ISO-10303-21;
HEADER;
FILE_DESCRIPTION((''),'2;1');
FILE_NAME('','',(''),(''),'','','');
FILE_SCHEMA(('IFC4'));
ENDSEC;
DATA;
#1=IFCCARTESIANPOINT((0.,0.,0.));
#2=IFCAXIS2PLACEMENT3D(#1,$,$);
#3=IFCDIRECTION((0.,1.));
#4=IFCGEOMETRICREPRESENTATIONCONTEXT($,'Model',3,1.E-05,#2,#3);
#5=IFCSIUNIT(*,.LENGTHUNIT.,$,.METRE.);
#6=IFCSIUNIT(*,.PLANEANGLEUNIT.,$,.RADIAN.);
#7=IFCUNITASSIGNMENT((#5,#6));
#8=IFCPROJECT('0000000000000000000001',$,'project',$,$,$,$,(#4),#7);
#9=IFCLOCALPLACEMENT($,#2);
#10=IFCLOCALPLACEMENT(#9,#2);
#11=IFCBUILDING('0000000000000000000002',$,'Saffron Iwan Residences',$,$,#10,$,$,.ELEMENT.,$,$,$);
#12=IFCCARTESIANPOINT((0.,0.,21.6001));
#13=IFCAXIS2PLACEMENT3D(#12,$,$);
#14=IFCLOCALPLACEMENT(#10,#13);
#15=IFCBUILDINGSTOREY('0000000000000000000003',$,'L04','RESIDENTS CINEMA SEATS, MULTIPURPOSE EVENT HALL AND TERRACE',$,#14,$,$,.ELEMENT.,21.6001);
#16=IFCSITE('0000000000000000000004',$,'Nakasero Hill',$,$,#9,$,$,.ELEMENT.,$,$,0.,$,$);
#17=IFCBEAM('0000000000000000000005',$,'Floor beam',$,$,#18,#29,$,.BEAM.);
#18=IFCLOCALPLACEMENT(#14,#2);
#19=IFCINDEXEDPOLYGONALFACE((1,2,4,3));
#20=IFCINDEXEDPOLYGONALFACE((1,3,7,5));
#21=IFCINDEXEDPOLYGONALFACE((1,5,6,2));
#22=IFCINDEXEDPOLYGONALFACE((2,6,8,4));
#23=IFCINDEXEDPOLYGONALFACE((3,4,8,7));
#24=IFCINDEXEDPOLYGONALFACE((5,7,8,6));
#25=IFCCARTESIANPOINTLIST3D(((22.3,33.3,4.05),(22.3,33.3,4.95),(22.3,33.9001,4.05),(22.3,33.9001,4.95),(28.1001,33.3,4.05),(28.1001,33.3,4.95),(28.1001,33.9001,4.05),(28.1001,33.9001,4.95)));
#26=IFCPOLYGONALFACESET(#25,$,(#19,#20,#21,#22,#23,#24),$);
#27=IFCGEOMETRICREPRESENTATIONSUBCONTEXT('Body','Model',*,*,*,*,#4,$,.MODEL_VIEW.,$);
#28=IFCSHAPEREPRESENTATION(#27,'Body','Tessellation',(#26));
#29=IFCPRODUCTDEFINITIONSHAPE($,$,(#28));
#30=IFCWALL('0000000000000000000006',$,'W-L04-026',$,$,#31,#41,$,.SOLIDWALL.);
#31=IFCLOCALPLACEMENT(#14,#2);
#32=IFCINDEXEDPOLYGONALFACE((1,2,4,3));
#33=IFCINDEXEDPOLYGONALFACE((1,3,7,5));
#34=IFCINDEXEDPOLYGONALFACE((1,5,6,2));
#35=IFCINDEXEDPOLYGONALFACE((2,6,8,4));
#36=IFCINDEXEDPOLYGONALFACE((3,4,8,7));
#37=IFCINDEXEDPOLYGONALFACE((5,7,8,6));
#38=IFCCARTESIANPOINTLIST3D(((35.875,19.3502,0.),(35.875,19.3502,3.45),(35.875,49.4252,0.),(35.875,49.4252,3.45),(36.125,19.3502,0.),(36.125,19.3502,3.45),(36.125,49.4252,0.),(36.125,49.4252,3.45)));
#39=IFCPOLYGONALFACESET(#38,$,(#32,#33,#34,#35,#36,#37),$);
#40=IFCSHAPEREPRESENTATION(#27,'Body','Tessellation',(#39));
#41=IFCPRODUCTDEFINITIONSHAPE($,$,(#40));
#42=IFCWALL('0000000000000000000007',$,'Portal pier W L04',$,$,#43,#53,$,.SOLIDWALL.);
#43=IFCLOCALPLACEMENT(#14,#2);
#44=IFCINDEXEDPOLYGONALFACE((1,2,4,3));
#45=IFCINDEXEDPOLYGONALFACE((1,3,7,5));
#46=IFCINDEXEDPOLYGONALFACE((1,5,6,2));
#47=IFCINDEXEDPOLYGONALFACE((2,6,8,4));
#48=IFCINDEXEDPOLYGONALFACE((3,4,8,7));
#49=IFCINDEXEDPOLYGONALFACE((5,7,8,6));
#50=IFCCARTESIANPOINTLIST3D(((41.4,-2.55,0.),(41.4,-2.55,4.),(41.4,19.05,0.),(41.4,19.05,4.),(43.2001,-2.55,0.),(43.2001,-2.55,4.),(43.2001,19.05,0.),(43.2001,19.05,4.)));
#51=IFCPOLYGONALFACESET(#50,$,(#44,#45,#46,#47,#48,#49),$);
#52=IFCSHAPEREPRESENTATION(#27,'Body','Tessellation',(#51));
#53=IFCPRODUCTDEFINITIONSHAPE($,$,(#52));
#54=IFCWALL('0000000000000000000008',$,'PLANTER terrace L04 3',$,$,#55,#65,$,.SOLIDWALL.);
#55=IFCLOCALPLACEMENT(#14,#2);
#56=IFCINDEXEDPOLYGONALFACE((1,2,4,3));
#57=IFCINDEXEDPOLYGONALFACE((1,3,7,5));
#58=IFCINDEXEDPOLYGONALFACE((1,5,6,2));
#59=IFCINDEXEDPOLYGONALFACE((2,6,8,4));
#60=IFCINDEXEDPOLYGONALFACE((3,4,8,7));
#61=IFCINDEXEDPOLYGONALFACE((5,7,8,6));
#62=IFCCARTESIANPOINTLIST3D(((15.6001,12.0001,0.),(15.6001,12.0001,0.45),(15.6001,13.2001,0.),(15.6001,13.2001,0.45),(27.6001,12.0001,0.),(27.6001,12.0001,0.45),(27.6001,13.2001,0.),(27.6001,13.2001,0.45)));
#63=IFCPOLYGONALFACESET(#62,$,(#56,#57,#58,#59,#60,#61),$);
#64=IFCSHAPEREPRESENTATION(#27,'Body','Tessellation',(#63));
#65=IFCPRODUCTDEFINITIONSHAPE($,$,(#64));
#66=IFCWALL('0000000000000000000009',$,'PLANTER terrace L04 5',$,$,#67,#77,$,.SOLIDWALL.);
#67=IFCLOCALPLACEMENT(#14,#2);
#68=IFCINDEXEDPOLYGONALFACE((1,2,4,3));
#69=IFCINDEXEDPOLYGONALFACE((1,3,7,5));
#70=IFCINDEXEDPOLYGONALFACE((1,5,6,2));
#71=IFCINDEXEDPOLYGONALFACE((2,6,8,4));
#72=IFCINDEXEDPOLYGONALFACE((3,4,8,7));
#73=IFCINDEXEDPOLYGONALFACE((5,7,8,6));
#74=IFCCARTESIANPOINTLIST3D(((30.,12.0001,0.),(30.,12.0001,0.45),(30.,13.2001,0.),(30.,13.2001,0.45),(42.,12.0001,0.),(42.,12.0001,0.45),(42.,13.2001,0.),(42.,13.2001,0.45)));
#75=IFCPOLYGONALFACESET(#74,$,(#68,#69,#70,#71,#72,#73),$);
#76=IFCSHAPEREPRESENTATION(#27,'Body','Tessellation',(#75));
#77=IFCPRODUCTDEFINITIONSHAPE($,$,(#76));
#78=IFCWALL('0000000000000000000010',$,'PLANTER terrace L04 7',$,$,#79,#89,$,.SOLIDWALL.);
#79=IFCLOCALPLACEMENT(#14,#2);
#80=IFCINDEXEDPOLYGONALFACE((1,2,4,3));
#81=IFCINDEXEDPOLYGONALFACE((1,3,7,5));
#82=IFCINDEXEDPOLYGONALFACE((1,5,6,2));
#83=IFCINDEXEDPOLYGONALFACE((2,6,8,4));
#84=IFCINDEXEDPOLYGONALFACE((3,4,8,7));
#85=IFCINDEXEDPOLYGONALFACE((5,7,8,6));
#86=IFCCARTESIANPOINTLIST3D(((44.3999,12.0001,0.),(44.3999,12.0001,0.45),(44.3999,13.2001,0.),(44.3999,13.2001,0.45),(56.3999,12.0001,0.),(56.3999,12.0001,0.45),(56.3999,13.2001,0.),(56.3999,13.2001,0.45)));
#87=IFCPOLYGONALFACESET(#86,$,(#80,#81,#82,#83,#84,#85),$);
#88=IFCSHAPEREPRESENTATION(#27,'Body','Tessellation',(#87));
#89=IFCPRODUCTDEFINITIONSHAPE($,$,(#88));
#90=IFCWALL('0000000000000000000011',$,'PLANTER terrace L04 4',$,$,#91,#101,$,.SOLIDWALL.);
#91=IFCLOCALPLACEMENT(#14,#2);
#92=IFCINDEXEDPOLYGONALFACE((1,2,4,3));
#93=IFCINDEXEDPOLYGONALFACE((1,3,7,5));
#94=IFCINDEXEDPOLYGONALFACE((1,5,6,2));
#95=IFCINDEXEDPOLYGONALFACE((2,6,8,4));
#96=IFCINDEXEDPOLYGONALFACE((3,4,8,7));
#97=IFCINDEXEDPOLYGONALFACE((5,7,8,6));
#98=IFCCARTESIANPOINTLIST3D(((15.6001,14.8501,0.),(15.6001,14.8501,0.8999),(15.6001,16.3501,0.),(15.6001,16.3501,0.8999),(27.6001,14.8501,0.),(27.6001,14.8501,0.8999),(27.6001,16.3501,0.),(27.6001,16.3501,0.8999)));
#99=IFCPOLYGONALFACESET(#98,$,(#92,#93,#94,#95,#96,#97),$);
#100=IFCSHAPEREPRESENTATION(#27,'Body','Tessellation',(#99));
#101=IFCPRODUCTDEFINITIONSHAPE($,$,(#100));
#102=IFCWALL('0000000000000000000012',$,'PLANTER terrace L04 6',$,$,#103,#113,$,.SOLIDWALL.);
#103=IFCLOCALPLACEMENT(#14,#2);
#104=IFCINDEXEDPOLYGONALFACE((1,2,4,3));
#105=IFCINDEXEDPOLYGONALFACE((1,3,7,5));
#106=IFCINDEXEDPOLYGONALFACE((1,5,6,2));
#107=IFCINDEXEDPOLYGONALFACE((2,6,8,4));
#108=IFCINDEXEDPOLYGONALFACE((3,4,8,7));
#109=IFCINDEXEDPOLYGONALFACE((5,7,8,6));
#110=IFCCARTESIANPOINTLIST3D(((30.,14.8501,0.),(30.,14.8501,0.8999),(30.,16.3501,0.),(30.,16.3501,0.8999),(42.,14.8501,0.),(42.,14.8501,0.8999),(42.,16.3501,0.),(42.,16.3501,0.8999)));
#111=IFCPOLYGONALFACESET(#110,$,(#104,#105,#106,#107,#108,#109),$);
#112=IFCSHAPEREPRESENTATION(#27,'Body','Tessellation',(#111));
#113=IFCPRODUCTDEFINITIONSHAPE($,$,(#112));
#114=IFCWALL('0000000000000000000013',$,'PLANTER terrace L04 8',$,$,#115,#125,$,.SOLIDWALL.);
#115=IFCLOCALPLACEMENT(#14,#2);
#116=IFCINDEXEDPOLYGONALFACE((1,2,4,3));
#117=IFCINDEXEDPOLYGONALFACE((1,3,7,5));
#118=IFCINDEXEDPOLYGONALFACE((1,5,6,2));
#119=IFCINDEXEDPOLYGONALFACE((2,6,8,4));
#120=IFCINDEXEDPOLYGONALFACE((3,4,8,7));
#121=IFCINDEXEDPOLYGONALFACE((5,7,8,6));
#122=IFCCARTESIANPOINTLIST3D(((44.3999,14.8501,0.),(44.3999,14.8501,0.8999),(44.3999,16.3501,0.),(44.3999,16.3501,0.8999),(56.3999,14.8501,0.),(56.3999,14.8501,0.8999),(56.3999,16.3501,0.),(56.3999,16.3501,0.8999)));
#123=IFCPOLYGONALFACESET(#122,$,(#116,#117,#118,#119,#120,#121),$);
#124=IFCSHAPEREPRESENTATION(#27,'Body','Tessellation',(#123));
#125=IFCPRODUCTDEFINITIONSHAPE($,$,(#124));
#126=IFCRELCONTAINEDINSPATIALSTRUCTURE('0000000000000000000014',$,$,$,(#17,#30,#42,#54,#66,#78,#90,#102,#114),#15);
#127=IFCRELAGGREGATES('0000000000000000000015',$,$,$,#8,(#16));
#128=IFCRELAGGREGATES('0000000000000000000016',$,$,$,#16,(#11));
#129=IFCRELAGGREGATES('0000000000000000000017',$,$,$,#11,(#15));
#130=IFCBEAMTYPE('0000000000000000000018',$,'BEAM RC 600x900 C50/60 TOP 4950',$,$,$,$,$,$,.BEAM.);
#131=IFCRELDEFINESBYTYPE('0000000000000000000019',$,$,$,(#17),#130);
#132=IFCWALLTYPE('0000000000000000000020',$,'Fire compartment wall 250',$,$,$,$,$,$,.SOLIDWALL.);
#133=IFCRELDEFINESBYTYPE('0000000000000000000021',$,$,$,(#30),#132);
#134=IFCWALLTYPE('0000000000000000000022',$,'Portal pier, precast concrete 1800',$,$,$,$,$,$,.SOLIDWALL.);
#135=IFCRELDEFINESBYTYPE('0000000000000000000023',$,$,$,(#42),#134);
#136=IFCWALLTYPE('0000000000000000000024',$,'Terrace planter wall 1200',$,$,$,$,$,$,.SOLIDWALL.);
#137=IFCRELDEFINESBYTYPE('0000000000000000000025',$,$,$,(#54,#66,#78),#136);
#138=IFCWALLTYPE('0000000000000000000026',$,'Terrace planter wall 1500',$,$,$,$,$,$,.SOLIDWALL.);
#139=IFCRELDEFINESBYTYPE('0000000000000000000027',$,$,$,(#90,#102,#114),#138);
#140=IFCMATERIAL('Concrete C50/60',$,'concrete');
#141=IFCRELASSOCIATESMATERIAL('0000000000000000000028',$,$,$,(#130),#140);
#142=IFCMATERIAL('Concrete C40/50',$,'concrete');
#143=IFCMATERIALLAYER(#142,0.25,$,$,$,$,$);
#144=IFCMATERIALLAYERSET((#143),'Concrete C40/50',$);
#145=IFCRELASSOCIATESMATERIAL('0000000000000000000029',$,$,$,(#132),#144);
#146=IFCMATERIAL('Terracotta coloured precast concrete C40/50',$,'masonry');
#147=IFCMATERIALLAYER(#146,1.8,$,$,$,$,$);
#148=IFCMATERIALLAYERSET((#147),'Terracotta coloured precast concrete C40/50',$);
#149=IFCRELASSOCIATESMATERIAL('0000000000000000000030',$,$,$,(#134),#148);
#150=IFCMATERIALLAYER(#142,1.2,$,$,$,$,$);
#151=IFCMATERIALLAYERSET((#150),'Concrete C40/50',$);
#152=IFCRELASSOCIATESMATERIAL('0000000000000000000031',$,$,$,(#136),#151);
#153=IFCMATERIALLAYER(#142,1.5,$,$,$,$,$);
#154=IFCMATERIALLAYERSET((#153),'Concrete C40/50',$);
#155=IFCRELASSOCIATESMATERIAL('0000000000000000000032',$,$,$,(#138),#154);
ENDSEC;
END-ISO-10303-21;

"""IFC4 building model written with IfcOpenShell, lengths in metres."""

from ifc_helpers import new_model, si_unit, direction, frame, frame_2d, origin, origin_2d, place, context, subcontext, project, spatial, rectangle, extrude, source, transform, mapped, material, layer, layer_set, material_profile, profile_set, type_object, element, save


model = new_model("IFC4")

# Units and contexts
model_context = context("Model", 3, precision=1e-05, world=origin(), true_north=direction((0.0, 1.0)))
body_context = subcontext(model_context, "Body", "Model", "MODEL_VIEW")
ifc_project = project(units=[si_unit("LENGTHUNIT", "METRE"), si_unit("PLANEANGLEUNIT", "RADIAN")], contexts=[model_context])

# Site, building, storey
site_placement = place(None, origin())
site = spatial("IfcSite", under=ifc_project, at=site_placement, Name="Nakasero Hill", CompositionType="ELEMENT", RefElevation=0.0)
building_placement = place(site_placement, origin())
building = spatial("IfcBuilding", under=site, at=building_placement, Name="Saffron Iwan Residences", CompositionType="ELEMENT")
storey_placement = place(building_placement, frame((0.0, 0.0, 21.6001)))
storey = spatial("IfcBuildingStorey", under=building, at=storey_placement, Name="L04", Description="RESIDENTS CINEMA SEATS, MULTIPURPOSE EVENT HALL AND TERRACE", CompositionType="ELEMENT", Elevation=21.6001)

# Shared definitions
ifc_material_1 = material(Name="Concrete C50/60", Category="concrete")

# Beam
ifc_material_profile_1 = material_profile(ifc_material_1, rectangle(XDim=0.6001, YDim=0.8999, at=origin_2d()), Name="RC 600x900")
ifc_profile_set_1 = profile_set([ifc_material_profile_1], Name="Concrete C50/60")
beam_type_1 = type_object("IfcBeamType", Name="BEAM RC 600x900 C50/60 TOP 4950", PredefinedType="BEAM", material=ifc_profile_set_1)
shared_shape_1 = source(origin(), body_context, "Body", "SweptSolid", [
    extrude(rectangle(XDim=0.6001, YDim=0.8999, at=origin_2d()), origin(), (0.0, 0.0, 1.0), 5.8),
])
beam_1_placement = place(storey_placement, frame((22.3, 33.6001, 4.5), z_axis=(1.0, 0.0, 0.0), x_axis=(0.0, 1.0, 0.0)))
element("IfcBeam", 1, at=beam_1_placement, inside=storey, type_object=beam_type_1, Name="Floor beam", PredefinedType="BEAM", context=body_context, shape_type="MappedRepresentation", body=[
    mapped(shared_shape_1, transform((0.0, 0.0, 0.0))),
])

# Walls
ifc_material_2 = material(Name="Concrete C40/50", Category="concrete")
ifc_layer_1 = layer(ifc_material_2, 0.25)
ifc_layer_set_1 = layer_set([ifc_layer_1], Name="Concrete C40/50")
wall_type_1 = type_object("IfcWallType", Name="Fire compartment wall 250", PredefinedType="SOLIDWALL", material=ifc_layer_set_1)
wall_1_placement = place(storey_placement, frame((36.0, 19.3501, 0.0), z_axis=(0.0, 0.0, 1.0), x_axis=(0.0, 1.0, 0.0)))
element("IfcWall", 2, at=wall_1_placement, inside=storey, type_object=wall_type_1, Name="W-L04-026", PredefinedType="SOLIDWALL", context=body_context, shape_type="SweptSolid", body=[
    extrude(rectangle(XDim=30.075, YDim=0.25, at=frame_2d((15.0376, 0.0))), origin(), (0.0, 0.0, 1.0), 3.45),
])
ifc_material_3 = material(Name="Terracotta coloured precast concrete C40/50", Category="masonry")
ifc_layer_2 = layer(ifc_material_3, 1.8)
ifc_layer_set_2 = layer_set([ifc_layer_2], Name="Terracotta coloured precast concrete C40/50")
wall_type_2 = type_object("IfcWallType", Name="Portal pier, precast concrete 1800", PredefinedType="SOLIDWALL", material=ifc_layer_set_2)
wall_2_placement = place(storey_placement, frame((42.3, -2.55, 0.0), z_axis=(0.0, 0.0, 1.0), x_axis=(0.0, 1.0, 0.0)))
element("IfcWall", 3, at=wall_2_placement, inside=storey, type_object=wall_type_2, Name="Portal pier W L04", PredefinedType="SOLIDWALL", context=body_context, shape_type="SweptSolid", body=[
    extrude(rectangle(XDim=21.6001, YDim=1.8, at=frame_2d((10.8, 0.0))), origin(), (0.0, 0.0, 1.0), 4.0),
])
ifc_layer_3 = layer(ifc_material_2, 1.2)
ifc_layer_set_3 = layer_set([ifc_layer_3], Name="Concrete C40/50")
wall_type_3 = type_object("IfcWallType", Name="Terrace planter wall 1200", PredefinedType="SOLIDWALL", material=ifc_layer_set_3)
for number, where, z_axis, x_axis, name in (
    (4, (15.6001, 12.6001, 0.0), (0.0, 0.0, 1.0), (1.0, 0.0, 0.0), "PLANTER terrace L04 3"),
    (5, (30.0, 12.6001, 0.0), (0.0, 0.0, 1.0), (1.0, 0.0, 0.0), "PLANTER terrace L04 5"),
    (6, (44.3999, 12.6001, 0.0), (0.0, 0.0, 1.0), (1.0, 0.0, 0.0), "PLANTER terrace L04 7"),
):
    element("IfcWall", number, at=place(storey_placement, frame(where, z_axis=z_axis, x_axis=x_axis)), inside=storey, type_object=wall_type_3, Name=name, PredefinedType="SOLIDWALL", context=body_context, shape_type="SweptSolid", body=[
        extrude(rectangle(XDim=12.0, YDim=1.2, at=frame_2d((6.0, 0.0))), origin(), (0.0, 0.0, 1.0), 0.45),
    ])
ifc_layer_4 = layer(ifc_material_2, 1.5)
ifc_layer_set_4 = layer_set([ifc_layer_4], Name="Concrete C40/50")
wall_type_4 = type_object("IfcWallType", Name="Terrace planter wall 1500", PredefinedType="SOLIDWALL", material=ifc_layer_set_4)
for number, where, z_axis, x_axis, name in (
    (7, (15.6001, 15.6001, 0.0), (0.0, 0.0, 1.0), (1.0, 0.0, 0.0), "PLANTER terrace L04 4"),
    (8, (30.0, 15.6001, 0.0), (0.0, 0.0, 1.0), (1.0, 0.0, 0.0), "PLANTER terrace L04 6"),
    (9, (44.3999, 15.6001, 0.0), (0.0, 0.0, 1.0), (1.0, 0.0, 0.0), "PLANTER terrace L04 8"),
):
    element("IfcWall", number, at=place(storey_placement, frame(where, z_axis=z_axis, x_axis=x_axis)), inside=storey, type_object=wall_type_4, Name=name, PredefinedType="SOLIDWALL", context=body_context, shape_type="SweptSolid", body=[
        extrude(rectangle(XDim=12.0, YDim=1.5, at=frame_2d((6.0, 0.0))), origin(), (0.0, 0.0, 1.0), 0.8999),
    ])

save(model, "model.ifc")
